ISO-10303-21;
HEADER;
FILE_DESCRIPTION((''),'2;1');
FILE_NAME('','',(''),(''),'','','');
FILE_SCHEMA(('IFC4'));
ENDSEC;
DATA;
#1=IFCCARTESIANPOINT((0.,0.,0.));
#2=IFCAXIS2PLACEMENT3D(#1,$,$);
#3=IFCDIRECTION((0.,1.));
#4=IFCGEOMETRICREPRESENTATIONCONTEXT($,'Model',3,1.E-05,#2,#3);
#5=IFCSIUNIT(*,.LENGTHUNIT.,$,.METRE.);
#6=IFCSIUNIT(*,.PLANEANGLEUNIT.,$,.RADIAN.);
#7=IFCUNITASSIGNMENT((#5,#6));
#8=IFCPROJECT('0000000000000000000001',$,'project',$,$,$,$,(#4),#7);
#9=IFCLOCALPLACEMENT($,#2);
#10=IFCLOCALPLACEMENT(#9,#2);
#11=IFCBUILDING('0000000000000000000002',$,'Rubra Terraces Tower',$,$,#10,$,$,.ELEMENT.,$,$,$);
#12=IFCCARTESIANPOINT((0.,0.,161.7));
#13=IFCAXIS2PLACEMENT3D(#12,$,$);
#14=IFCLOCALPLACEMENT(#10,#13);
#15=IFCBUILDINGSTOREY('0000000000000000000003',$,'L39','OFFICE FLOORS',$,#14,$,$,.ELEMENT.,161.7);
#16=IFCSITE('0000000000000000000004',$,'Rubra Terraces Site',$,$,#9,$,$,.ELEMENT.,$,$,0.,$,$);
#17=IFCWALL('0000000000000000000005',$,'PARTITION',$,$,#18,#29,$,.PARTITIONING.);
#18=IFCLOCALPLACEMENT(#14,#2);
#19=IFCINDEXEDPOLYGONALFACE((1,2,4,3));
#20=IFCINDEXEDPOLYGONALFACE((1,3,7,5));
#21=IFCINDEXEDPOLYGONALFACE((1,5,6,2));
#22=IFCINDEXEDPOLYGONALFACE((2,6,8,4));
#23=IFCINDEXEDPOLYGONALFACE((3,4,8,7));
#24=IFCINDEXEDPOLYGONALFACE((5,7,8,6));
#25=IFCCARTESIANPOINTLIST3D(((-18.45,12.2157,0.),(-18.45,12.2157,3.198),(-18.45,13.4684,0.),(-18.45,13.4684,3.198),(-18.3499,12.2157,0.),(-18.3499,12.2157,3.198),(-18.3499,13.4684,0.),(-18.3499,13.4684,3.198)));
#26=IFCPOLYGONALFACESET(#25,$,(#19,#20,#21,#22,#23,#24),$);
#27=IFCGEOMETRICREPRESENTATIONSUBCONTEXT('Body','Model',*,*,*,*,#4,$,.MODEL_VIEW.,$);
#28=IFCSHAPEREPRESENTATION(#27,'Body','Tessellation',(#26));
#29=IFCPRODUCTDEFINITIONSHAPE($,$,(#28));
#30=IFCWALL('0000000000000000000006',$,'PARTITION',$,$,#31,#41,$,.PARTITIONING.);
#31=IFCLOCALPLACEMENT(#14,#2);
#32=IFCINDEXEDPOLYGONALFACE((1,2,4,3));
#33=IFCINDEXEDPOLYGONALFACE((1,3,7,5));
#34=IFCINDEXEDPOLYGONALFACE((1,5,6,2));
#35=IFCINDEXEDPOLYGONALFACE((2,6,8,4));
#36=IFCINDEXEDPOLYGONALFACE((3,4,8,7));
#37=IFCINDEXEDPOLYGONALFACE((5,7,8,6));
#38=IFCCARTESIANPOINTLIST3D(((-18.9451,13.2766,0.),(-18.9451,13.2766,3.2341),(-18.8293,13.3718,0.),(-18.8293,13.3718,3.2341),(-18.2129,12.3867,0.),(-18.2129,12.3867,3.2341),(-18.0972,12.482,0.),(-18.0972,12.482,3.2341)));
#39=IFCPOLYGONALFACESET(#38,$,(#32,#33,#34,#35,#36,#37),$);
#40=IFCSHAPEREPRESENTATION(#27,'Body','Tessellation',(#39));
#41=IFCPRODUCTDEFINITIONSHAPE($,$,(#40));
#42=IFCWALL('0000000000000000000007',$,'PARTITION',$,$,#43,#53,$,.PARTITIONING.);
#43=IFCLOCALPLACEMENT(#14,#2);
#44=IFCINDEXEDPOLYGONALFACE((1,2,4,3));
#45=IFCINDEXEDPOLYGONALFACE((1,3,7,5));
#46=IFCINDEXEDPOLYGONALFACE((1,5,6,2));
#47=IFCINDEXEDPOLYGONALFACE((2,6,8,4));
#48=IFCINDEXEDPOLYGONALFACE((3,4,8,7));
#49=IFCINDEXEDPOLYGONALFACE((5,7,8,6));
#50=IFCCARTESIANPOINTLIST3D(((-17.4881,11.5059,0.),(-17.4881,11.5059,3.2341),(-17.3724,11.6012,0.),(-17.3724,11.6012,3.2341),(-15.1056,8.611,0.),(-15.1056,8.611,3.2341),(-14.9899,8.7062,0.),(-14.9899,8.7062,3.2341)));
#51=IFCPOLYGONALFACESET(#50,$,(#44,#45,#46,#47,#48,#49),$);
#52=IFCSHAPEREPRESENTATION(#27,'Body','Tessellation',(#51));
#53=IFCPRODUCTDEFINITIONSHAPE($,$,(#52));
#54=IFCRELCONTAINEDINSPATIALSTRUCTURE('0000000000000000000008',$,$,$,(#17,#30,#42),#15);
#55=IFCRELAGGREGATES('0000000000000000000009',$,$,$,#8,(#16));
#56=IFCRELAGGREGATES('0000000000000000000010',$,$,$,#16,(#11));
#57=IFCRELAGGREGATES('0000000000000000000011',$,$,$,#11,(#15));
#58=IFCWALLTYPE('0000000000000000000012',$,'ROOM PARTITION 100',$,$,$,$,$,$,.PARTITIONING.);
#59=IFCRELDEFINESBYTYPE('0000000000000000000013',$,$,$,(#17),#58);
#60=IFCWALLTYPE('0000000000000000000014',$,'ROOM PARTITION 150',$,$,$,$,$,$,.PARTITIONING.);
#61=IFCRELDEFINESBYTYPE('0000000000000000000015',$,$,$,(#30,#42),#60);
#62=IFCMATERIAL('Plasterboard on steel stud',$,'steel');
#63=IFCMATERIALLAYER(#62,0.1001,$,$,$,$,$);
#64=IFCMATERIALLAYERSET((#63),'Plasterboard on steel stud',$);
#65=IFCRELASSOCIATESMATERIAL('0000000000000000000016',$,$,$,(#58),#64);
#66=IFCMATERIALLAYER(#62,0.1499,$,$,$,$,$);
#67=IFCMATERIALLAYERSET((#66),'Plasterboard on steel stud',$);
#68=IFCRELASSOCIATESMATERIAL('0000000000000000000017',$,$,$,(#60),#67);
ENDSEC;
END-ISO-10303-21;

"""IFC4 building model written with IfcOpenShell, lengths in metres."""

from ifc_helpers import new_model, si_unit, direction, frame, frame_2d, origin, place, context, subcontext, project, spatial, rectangle, extrude, material, layer, layer_set, type_object, element, save


model = new_model("IFC4")

# Units and contexts
model_context = context("Model", 3, precision=1e-05, world=origin(), true_north=direction((0.0, 1.0)))
body_context = subcontext(model_context, "Body", "Model", "MODEL_VIEW")
ifc_project = project(units=[si_unit("LENGTHUNIT", "METRE"), si_unit("PLANEANGLEUNIT", "RADIAN")], contexts=[model_context])

# Site, building, storey
site_placement = place(None, origin())
site = spatial("IfcSite", under=ifc_project, at=site_placement, Name="Rubra Terraces Site", CompositionType="ELEMENT", RefElevation=0.0)
building_placement = place(site_placement, origin())
building = spatial("IfcBuilding", under=site, at=building_placement, Name="Rubra Terraces Tower", CompositionType="ELEMENT")
storey_placement = place(building_placement, frame((0.0, 0.0, 161.7)))
storey = spatial("IfcBuildingStorey", under=building, at=storey_placement, Name="L39", Description="OFFICE FLOORS", CompositionType="ELEMENT", Elevation=161.7)

# Walls
ifc_material_1 = material(Name="Plasterboard on steel stud", Category="steel")
ifc_layer_1 = layer(ifc_material_1, 0.1001)
ifc_layer_set_1 = layer_set([ifc_layer_1], Name="Plasterboard on steel stud")
wall_type_1 = type_object("IfcWallType", Name="ROOM PARTITION 100", PredefinedType="PARTITIONING", material=ifc_layer_set_1)
wall_1_placement = place(storey_placement, frame((-18.3999, 12.2156, 0.0), z_axis=(0.0, 0.0, 1.0), x_axis=(0.0, 1.0, 0.0)))
element("IfcWall", 1, at=wall_1_placement, inside=storey, type_object=wall_type_1, Name="PARTITION", PredefinedType="PARTITIONING", context=body_context, shape_type="SweptSolid", body=[
    extrude(rectangle(XDim=1.2527, YDim=0.1001, at=frame_2d((0.6265, 0.0))), origin(), (0.0, 0.0, 1.0), 3.198),
])
ifc_layer_2 = layer(ifc_material_1, 0.1499)
ifc_layer_set_2 = layer_set([ifc_layer_2], Name="Plasterboard on steel stud")
wall_type_2 = type_object("IfcWallType", Name="ROOM PARTITION 150", PredefinedType="PARTITIONING", material=ifc_layer_set_2)
wall_2_placement = place(storey_placement, frame((-18.8872, 13.3242, 0.0), z_axis=(0.0, 0.0, 1.0), x_axis=(0.635358, -0.772218, 0.0)))
element("IfcWall", 2, at=wall_2_placement, inside=storey, type_object=wall_type_2, Name="PARTITION", PredefinedType="PARTITIONING", context=body_context, shape_type="SweptSolid", body=[
    extrude(rectangle(XDim=1.1523, YDim=0.1499, at=frame_2d((0.5762, 0.0))), origin(), (0.0, 0.0, 1.0), 3.2341),
])
wall_3_placement = place(storey_placement, frame((-17.4302, 11.5535, 0.0), z_axis=(0.0, 0.0, 1.0), x_axis=(0.635458, -0.772135, 0.0)))
element("IfcWall", 3, at=wall_3_placement, inside=storey, type_object=wall_type_2, Name="PARTITION", PredefinedType="PARTITIONING", context=body_context, shape_type="SweptSolid", body=[
    extrude(rectangle(XDim=3.7493, YDim=0.1499, at=frame_2d((1.8745, 0.0))), origin(), (0.0, 0.0, 1.0), 3.2341),
])

save(model, "model.ifc")
